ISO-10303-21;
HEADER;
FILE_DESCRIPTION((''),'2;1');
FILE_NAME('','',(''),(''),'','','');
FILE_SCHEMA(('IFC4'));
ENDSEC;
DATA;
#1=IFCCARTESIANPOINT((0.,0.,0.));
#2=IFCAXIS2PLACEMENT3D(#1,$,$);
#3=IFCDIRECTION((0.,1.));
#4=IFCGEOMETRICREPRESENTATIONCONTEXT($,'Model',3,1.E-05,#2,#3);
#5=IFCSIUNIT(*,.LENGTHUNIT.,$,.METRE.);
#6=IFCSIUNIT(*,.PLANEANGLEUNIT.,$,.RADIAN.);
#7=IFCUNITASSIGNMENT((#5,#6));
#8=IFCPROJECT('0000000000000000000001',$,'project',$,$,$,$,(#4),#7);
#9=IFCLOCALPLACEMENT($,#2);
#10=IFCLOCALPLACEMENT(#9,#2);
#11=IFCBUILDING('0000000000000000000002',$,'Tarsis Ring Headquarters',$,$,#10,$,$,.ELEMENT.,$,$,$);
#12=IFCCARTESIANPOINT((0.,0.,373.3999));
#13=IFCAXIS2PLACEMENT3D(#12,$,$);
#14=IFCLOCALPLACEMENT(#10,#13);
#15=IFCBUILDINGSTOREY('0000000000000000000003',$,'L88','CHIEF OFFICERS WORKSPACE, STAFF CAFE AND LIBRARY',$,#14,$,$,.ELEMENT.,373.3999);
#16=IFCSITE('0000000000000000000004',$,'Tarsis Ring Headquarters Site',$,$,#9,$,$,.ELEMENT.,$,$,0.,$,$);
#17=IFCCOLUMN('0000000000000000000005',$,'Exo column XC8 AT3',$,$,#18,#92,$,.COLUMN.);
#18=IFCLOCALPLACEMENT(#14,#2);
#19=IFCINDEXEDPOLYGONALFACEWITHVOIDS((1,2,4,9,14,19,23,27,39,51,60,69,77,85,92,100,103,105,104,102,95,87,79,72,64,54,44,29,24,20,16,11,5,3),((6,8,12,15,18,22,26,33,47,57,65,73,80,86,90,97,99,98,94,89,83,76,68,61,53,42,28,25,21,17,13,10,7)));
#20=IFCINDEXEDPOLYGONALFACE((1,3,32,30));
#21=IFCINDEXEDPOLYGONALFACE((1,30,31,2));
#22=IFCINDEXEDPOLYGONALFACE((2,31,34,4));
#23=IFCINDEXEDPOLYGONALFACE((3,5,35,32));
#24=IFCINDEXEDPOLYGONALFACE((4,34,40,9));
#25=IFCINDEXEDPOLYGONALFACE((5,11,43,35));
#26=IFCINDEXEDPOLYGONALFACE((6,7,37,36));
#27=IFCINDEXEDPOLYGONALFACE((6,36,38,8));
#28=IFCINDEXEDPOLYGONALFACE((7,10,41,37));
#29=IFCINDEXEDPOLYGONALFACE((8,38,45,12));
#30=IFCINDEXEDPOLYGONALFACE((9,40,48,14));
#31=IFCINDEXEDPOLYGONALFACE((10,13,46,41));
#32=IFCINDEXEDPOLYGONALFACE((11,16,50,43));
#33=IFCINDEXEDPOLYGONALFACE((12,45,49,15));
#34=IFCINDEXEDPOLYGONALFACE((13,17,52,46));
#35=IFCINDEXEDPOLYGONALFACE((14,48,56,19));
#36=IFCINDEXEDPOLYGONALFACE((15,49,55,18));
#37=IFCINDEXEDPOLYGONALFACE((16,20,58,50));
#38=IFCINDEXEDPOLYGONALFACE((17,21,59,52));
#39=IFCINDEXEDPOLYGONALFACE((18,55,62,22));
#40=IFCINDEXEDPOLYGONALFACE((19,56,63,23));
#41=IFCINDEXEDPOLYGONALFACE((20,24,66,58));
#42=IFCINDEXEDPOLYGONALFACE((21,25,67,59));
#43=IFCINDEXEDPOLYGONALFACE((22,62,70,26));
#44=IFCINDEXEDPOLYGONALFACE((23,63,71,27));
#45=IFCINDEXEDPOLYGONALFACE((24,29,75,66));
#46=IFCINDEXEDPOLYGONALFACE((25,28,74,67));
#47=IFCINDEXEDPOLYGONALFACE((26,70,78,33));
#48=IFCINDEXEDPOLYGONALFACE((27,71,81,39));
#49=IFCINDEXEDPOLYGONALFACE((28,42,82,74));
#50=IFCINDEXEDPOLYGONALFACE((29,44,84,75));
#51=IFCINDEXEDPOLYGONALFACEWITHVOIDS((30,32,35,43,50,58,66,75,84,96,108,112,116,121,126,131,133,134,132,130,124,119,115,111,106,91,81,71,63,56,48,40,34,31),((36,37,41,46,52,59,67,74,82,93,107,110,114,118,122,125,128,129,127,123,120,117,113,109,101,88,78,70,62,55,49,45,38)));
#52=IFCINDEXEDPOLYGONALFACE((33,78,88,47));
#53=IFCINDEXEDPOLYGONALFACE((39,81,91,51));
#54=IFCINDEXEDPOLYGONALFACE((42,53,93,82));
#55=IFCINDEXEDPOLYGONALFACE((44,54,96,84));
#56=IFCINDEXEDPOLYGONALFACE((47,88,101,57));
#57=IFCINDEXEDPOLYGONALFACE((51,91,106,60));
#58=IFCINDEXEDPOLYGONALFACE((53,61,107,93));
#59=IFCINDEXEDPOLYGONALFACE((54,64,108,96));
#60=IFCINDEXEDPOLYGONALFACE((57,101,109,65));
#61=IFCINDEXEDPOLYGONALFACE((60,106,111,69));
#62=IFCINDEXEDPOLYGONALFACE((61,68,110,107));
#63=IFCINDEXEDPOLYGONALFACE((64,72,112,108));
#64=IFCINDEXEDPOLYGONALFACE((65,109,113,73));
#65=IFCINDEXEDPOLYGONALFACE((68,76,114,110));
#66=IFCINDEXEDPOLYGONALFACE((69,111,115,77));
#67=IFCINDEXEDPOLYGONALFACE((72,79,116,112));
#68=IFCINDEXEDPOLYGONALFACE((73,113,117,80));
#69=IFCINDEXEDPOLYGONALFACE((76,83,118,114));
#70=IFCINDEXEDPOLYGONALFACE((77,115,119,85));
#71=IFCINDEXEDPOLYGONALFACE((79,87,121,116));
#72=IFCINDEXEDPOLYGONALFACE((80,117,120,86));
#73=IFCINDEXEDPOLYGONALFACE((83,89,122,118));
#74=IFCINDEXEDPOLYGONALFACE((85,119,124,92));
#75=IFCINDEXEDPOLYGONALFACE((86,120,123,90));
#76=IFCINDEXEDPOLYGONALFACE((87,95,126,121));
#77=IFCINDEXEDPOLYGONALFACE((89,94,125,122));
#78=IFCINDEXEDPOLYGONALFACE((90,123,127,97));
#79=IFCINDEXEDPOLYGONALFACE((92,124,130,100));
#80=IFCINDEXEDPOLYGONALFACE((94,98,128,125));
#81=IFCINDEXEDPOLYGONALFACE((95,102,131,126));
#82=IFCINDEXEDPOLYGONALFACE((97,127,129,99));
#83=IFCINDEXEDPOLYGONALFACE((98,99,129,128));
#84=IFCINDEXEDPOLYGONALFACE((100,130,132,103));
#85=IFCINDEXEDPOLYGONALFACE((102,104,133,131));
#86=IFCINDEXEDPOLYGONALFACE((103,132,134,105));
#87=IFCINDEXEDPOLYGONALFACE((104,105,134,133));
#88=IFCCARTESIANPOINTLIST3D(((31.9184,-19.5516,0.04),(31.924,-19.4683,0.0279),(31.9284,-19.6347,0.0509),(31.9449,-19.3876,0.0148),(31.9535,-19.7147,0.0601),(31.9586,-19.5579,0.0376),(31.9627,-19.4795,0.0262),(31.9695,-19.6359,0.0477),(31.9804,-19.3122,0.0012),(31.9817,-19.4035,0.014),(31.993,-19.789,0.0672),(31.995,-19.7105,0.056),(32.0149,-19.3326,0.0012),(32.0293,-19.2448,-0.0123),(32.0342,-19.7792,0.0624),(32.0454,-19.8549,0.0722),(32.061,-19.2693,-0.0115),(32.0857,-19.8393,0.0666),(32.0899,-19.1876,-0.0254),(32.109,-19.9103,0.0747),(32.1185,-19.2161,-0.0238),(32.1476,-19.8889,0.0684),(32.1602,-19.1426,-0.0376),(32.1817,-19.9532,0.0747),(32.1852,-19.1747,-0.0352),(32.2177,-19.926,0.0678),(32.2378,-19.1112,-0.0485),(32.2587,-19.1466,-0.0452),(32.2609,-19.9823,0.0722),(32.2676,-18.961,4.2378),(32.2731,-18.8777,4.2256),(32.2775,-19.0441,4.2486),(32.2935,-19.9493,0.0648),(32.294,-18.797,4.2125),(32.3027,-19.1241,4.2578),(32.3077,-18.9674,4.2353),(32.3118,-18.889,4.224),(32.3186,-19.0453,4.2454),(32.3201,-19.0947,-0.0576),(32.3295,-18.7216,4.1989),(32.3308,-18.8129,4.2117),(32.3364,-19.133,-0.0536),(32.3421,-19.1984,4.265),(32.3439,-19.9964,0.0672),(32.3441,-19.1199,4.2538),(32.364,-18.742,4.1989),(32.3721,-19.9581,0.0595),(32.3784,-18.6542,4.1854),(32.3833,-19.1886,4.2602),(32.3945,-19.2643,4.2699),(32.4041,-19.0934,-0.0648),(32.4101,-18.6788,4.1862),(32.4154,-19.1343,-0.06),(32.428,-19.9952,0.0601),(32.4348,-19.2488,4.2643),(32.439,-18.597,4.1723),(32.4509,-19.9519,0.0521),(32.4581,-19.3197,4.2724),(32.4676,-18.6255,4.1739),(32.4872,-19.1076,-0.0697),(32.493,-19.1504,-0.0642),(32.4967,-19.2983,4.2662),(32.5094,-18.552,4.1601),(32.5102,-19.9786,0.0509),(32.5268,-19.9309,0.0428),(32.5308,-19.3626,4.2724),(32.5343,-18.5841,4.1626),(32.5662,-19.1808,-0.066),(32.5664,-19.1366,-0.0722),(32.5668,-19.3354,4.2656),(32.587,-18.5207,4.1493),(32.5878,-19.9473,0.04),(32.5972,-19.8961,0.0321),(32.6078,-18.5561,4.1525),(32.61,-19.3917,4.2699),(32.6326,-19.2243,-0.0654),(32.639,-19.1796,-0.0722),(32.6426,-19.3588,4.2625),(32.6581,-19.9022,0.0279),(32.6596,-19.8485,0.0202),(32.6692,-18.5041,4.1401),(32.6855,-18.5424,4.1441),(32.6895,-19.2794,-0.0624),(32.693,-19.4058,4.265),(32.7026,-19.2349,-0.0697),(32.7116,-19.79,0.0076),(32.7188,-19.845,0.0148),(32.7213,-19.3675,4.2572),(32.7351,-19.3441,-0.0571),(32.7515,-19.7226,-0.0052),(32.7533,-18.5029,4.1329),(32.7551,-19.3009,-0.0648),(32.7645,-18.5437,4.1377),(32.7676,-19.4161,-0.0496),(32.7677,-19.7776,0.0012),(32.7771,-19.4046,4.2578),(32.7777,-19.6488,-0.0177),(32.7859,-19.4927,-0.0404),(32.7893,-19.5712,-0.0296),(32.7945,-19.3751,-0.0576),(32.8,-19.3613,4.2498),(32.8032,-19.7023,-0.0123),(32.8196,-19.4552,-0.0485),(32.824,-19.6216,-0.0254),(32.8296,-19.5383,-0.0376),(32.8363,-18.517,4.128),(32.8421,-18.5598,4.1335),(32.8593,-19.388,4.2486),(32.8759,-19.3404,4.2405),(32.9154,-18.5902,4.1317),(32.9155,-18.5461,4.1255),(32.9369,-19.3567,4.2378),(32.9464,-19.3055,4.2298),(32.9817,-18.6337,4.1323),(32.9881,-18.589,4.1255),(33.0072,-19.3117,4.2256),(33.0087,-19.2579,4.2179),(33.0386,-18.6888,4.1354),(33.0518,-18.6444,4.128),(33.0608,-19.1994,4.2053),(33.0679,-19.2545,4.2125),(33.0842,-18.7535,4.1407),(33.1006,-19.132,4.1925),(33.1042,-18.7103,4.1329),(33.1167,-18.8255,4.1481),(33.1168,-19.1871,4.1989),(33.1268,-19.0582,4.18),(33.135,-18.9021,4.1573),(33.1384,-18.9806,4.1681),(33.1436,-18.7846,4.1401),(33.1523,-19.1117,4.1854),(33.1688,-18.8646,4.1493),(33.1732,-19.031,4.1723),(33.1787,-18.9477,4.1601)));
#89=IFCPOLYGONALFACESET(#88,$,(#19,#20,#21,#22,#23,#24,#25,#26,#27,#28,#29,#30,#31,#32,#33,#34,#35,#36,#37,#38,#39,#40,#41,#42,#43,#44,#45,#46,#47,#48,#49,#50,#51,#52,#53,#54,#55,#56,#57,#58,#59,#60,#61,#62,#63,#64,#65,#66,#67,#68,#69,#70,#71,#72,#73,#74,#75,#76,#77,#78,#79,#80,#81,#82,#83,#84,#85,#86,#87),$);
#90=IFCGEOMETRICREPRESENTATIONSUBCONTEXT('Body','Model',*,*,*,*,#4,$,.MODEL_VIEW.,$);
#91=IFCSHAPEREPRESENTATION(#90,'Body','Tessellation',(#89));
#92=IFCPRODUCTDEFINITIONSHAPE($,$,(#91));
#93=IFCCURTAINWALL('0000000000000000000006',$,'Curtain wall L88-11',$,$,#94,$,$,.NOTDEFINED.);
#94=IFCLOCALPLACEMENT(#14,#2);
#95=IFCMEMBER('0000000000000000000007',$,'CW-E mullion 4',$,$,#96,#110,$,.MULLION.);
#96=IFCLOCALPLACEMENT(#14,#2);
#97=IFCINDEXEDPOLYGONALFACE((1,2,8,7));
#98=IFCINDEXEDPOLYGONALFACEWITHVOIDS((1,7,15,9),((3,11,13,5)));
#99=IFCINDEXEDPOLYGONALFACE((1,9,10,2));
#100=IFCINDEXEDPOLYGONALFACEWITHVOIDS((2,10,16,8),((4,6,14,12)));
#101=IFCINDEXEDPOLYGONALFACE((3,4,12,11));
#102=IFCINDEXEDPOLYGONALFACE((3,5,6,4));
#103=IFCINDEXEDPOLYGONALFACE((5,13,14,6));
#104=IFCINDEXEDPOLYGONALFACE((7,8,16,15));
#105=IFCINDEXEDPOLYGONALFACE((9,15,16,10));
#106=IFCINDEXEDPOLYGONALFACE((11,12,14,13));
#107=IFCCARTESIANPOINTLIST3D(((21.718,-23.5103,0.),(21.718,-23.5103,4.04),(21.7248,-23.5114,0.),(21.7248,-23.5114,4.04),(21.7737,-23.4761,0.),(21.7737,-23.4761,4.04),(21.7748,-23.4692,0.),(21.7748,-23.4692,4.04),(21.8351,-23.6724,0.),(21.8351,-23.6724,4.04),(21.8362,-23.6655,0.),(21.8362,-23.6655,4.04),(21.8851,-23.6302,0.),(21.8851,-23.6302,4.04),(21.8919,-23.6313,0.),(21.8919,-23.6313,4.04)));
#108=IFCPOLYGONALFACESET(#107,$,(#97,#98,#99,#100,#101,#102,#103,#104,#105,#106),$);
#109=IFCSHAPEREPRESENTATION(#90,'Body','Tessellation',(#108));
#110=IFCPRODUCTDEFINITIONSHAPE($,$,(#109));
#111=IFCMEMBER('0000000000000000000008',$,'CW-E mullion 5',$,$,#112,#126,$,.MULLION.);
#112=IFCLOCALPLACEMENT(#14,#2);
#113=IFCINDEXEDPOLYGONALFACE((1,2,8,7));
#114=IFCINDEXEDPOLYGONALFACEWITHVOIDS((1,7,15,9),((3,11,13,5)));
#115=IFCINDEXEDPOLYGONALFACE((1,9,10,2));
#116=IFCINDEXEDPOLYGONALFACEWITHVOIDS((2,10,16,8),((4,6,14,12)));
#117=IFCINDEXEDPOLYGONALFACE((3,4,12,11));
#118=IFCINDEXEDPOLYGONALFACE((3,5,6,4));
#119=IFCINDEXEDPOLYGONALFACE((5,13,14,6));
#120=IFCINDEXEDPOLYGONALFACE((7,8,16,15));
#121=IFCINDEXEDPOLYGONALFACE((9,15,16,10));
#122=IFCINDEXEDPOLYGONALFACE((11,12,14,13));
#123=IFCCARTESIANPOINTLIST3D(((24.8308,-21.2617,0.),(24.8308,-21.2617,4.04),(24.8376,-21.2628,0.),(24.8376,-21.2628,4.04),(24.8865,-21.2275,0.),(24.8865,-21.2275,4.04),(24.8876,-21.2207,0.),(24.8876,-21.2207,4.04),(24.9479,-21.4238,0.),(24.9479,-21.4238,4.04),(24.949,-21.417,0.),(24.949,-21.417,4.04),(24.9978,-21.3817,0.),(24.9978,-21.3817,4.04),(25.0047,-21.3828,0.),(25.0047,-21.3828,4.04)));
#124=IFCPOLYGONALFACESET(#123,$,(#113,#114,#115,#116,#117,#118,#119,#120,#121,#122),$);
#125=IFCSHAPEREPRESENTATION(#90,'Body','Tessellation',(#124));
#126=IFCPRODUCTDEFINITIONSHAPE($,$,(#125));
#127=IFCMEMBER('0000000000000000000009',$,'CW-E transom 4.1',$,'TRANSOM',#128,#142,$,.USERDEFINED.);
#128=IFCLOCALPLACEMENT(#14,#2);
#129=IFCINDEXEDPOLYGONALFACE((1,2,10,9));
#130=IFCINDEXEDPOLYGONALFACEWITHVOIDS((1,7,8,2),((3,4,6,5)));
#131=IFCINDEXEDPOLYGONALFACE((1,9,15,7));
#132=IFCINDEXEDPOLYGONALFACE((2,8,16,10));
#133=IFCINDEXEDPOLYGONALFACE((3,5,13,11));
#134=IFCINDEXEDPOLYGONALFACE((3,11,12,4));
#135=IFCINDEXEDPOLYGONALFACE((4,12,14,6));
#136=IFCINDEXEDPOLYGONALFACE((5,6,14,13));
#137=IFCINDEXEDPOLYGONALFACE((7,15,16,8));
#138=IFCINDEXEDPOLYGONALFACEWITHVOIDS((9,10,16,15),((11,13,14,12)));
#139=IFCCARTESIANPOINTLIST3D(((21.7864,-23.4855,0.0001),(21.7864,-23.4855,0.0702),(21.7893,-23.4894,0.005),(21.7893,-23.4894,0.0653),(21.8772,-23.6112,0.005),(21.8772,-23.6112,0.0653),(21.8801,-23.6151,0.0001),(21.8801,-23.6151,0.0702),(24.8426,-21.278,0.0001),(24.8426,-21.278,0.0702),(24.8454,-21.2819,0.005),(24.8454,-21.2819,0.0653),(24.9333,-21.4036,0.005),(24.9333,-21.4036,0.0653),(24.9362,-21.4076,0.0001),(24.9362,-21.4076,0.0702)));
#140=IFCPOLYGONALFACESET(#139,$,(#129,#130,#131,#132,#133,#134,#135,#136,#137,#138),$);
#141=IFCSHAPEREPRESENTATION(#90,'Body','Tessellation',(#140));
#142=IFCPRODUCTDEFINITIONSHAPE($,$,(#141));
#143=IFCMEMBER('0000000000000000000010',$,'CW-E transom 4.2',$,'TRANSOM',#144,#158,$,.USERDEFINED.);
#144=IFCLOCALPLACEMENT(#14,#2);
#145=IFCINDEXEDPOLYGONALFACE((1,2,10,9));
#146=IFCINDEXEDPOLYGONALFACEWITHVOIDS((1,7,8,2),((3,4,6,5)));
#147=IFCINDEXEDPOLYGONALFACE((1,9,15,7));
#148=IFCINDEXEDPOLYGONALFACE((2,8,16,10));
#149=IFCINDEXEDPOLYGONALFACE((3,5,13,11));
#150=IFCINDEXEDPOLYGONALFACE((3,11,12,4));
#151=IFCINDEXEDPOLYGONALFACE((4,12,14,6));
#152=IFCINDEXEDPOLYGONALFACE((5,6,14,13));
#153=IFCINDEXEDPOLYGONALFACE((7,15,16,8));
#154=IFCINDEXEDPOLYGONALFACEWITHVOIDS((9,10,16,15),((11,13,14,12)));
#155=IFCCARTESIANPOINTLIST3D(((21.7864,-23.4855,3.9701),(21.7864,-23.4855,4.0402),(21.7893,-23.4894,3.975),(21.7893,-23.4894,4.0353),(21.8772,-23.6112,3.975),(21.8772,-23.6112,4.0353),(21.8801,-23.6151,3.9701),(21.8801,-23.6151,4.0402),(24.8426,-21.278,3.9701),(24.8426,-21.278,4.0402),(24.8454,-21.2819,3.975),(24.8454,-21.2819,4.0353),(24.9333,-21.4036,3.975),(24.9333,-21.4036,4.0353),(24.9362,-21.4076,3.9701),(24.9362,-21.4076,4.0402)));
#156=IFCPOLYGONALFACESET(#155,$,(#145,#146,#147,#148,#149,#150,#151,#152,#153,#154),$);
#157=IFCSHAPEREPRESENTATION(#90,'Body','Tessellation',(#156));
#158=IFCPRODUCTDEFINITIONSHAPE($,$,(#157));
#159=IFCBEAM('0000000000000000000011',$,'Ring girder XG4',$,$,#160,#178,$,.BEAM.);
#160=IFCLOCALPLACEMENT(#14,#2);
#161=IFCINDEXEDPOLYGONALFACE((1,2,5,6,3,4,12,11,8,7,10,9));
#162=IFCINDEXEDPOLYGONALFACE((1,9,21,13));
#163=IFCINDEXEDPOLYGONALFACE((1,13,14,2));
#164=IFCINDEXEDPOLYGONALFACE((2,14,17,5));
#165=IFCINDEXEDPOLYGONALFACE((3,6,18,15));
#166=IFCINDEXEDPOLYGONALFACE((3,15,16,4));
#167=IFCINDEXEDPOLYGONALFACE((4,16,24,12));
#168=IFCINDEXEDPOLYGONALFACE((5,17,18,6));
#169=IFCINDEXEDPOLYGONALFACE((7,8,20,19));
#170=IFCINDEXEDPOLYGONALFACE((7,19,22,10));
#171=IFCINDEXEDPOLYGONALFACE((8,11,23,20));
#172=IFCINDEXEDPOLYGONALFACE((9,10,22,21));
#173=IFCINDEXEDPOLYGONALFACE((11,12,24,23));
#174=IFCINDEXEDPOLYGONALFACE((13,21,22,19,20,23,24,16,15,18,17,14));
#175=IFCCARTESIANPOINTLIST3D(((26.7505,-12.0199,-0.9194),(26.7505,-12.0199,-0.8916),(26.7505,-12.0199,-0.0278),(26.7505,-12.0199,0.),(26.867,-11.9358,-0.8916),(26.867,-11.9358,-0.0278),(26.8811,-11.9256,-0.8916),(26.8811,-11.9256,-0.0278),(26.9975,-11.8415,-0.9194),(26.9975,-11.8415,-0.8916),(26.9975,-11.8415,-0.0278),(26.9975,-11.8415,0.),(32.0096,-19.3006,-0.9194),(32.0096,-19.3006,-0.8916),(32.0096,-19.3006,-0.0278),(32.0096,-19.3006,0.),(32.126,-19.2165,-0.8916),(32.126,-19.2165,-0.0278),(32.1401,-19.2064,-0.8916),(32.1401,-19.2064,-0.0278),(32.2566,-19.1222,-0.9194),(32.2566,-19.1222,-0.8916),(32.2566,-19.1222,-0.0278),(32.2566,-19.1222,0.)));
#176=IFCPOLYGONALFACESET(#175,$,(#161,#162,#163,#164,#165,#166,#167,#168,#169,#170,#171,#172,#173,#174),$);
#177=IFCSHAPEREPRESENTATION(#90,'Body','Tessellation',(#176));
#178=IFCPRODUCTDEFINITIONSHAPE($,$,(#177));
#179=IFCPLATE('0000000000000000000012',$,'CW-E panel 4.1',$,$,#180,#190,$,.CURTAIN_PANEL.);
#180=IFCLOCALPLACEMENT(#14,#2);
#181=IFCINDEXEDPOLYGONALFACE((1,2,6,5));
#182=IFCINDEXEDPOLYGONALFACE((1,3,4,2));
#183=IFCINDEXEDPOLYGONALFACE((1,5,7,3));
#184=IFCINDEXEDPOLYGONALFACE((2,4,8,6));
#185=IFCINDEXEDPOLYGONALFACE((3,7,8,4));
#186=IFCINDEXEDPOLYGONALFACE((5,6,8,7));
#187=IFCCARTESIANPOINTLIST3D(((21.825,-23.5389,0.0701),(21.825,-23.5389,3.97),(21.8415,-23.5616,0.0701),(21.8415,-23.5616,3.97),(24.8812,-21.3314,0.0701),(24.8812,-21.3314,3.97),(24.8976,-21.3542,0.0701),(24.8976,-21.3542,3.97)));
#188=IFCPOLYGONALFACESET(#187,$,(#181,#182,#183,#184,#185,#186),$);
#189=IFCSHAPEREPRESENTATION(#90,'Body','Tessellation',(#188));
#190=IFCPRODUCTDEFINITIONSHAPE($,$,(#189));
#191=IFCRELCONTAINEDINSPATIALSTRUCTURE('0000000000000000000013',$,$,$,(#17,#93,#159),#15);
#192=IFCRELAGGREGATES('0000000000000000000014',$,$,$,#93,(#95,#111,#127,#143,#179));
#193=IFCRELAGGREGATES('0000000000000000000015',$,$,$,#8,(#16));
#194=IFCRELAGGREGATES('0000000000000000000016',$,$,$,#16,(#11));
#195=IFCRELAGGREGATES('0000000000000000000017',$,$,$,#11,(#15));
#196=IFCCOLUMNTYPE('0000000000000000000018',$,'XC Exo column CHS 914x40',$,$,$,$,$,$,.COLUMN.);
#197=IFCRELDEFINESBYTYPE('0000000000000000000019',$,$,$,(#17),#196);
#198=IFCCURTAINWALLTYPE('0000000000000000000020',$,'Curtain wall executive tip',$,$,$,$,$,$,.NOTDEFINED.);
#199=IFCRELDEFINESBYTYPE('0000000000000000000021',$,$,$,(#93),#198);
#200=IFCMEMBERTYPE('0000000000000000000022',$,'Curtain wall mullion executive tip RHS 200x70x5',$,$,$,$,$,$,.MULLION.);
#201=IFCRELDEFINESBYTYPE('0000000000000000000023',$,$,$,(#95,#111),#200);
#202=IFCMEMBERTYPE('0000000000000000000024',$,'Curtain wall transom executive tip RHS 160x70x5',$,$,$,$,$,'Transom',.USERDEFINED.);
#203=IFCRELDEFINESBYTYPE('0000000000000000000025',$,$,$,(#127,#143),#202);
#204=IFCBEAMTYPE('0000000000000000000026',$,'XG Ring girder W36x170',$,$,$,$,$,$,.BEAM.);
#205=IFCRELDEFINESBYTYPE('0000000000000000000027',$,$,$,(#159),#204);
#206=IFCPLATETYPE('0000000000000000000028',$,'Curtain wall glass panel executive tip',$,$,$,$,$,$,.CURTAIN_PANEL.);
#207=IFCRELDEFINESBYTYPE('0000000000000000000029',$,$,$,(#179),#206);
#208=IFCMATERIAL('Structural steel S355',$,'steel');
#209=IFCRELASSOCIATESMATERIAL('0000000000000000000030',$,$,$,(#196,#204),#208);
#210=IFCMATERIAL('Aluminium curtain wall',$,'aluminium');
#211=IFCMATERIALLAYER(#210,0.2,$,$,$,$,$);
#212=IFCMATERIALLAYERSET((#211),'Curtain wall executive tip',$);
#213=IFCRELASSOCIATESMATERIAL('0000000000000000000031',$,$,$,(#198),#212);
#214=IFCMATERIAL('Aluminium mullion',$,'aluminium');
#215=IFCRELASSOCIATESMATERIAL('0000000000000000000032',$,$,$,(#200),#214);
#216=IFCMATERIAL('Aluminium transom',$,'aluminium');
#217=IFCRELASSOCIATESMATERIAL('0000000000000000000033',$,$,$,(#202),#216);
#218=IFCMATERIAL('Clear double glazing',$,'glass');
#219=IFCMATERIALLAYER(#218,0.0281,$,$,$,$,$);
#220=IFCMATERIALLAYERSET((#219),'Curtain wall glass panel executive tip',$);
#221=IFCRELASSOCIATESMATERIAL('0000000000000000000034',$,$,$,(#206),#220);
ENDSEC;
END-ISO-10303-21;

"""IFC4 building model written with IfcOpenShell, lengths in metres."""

from ifc_helpers import new_model, si_unit, direction, frame, origin, origin_2d, place, context, subcontext, project, spatial, rectangle, hollow_rectangle, hollow_circle, i_section, extrude, material, layer, layer_set, material_profile, profile_set, type_object, element, aggregate, save


model = new_model("IFC4")

# Units and contexts
model_context = context("Model", 3, precision=1e-05, world=origin(), true_north=direction((0.0, 1.0)))
body_context = subcontext(model_context, "Body", "Model", "MODEL_VIEW")
ifc_project = project(units=[si_unit("LENGTHUNIT", "METRE"), si_unit("PLANEANGLEUNIT", "RADIAN")], contexts=[model_context])

# Site, building, storey
site_placement = place(None, origin())
site = spatial("IfcSite", under=ifc_project, at=site_placement, Name="Tarsis Ring Headquarters Site", CompositionType="ELEMENT", RefElevation=0.0)
building_placement = place(site_placement, origin())
building = spatial("IfcBuilding", under=site, at=building_placement, Name="Tarsis Ring Headquarters", CompositionType="ELEMENT")
storey_placement = place(building_placement, frame((0.0, 0.0, 373.3999)))
storey = spatial("IfcBuildingStorey", under=building, at=storey_placement, Name="L88", Description="CHIEF OFFICERS WORKSPACE, STAFF CAFE AND LIBRARY", CompositionType="ELEMENT", Elevation=373.3999)

# Column
ifc_material_1 = material(Name="Structural steel S355", Category="steel")
ifc_material_profile_1 = material_profile(ifc_material_1, hollow_circle(Radius=0.457, WallThickness=0.04, at=origin_2d()), Name="CHS 914x40")
ifc_profile_set_1 = profile_set([ifc_material_profile_1], Name="Structural steel S355")
column_type = type_object("IfcColumnType", Name="XC Exo column CHS 914x40", PredefinedType="COLUMN", material=ifc_profile_set_1)
column_placement = place(storey_placement, frame((32.374, -19.5449, 0.0012), z_axis=(0.08208, 0.138847, 0.986907), x_axis=(-0.860834, 0.508885, 0.0)))
element("IfcColumn", 1, at=column_placement, inside=storey, type_object=column_type, Name="Exo column XC8 AT3", PredefinedType="COLUMN", context=body_context, shape_type="SweptSolid", body=[
    extrude(hollow_circle(Radius=0.4573, WallThickness=0.04, at=origin_2d()), origin(), (0.0, 0.0, 1.0), 4.2534),
])

# Curtain wall, members
ifc_material_2 = material(Name="Aluminium curtain wall", Category="aluminium")
ifc_layer_1 = layer(ifc_material_2, 0.2)
ifc_layer_set_1 = layer_set([ifc_layer_1], Name="Curtain wall executive tip")
curtain_wall_type = type_object("IfcCurtainWallType", Name="Curtain wall executive tip", PredefinedType="NOTDEFINED", material=ifc_layer_set_1)
curtain_wall_placement = place(storey_placement, origin())
curtain_wall = element("IfcCurtainWall", 2, at=curtain_wall_placement, inside=storey, type_object=curtain_wall_type, Name="Curtain wall L88-11", PredefinedType="NOTDEFINED")
ifc_material_3 = material(Name="Aluminium mullion", Category="aluminium")
ifc_material_profile_2 = material_profile(ifc_material_3, hollow_rectangle(XDim=0.2, YDim=0.0701, WallThickness=0.0049, at=origin_2d()), Name="RHS 200x70x5")
ifc_profile_set_2 = profile_set([ifc_material_profile_2], Name="Aluminium mullion")
member_type_1 = type_object("IfcMemberType", Name="Curtain wall mullion executive tip RHS 200x70x5", PredefinedType="MULLION", material=ifc_profile_set_2)
member_1_placement = place(storey_placement, frame((21.8049, -23.5708, 0.0), z_axis=(0.0, 0.0, 1.0), x_axis=(-0.585524, 0.810655, 0.0)))
member_1 = element("IfcMember", 3, at=member_1_placement, type_object=member_type_1, Name="CW-E mullion 4", PredefinedType="MULLION", context=body_context, shape_type="SweptSolid", body=[
    extrude(hollow_rectangle(XDim=0.2, YDim=0.0701, WallThickness=0.0049, at=origin_2d()), origin(), (0.0, 0.0, 1.0), 4.04),
])
member_2_placement = place(storey_placement, frame((24.9177, -21.3223, 0.0), z_axis=(0.0, 0.0, 1.0), x_axis=(-0.585524, 0.810655, 0.0)))
member_2 = element("IfcMember", 4, at=member_2_placement, type_object=member_type_1, Name="CW-E mullion 5", PredefinedType="MULLION", context=body_context, shape_type="SweptSolid", body=[
    extrude(hollow_rectangle(XDim=0.2, YDim=0.0701, WallThickness=0.0049, at=origin_2d()), origin(), (0.0, 0.0, 1.0), 4.04),
])
ifc_material_4 = material(Name="Aluminium transom", Category="aluminium")
ifc_material_profile_3 = material_profile(ifc_material_4, hollow_rectangle(XDim=0.1599, YDim=0.0701, WallThickness=0.0049, at=origin_2d()), Name="RHS 160x70x5")
ifc_profile_set_3 = profile_set([ifc_material_profile_3], Name="Aluminium transom")
member_type_2 = type_object("IfcMemberType", Name="Curtain wall transom executive tip RHS 160x70x5", ElementType="Transom", PredefinedType="USERDEFINED", material=ifc_profile_set_3)
member_3_placement = place(storey_placement, frame((21.8333, -23.5503, 0.0352), z_axis=(0.810642, 0.585543, 0.0), x_axis=(-0.585543, 0.810642, 0.0)))
member_3 = element("IfcMember", 5, at=member_3_placement, type_object=member_type_2, Name="CW-E transom 4.1", ObjectType="TRANSOM", PredefinedType="USERDEFINED", context=body_context, shape_type="SweptSolid", body=[
    extrude(hollow_rectangle(XDim=0.1599, YDim=0.0701, WallThickness=0.0049, at=origin_2d()), origin(), (0.0, 0.0, 1.0), 3.77),
])
member_4_placement = place(storey_placement, frame((21.8333, -23.5503, 4.0051), z_axis=(0.810642, 0.585543, 0.0), x_axis=(-0.585543, 0.810642, 0.0)))
member_4 = element("IfcMember", 6, at=member_4_placement, type_object=member_type_2, Name="CW-E transom 4.2", ObjectType="TRANSOM", PredefinedType="USERDEFINED", context=body_context, shape_type="SweptSolid", body=[
    extrude(hollow_rectangle(XDim=0.1599, YDim=0.0701, WallThickness=0.0049, at=origin_2d()), origin(), (0.0, 0.0, 1.0), 3.77),
])

# Beam
ifc_material_profile_4 = material_profile(ifc_material_1, i_section(OverallWidth=0.3047, OverallDepth=0.9194, WebThickness=0.0173, FlangeThickness=0.0278, at=origin_2d()), Name="W36x170")
ifc_profile_set_4 = profile_set([ifc_material_profile_4], Name="Structural steel S355")
beam_type = type_object("IfcBeamType", Name="XG Ring girder W36x170", PredefinedType="BEAM", material=ifc_profile_set_4)
beam_placement = place(storey_placement, frame((32.1331, -19.2114, -0.4597), z_axis=(-0.585542, 0.810642, 0.0), x_axis=(-0.810642, -0.585542, 0.0)))
element("IfcBeam", 7, at=beam_placement, inside=storey, type_object=beam_type, Name="Ring girder XG4", PredefinedType="BEAM", context=body_context, shape_type="SweptSolid", body=[
    extrude(i_section(OverallWidth=0.3047, OverallDepth=0.9194, WebThickness=0.0173, FlangeThickness=0.0278, at=origin_2d()), origin(), (0.0, 0.0, 1.0), 8.9814),
])

# Plate
ifc_material_5 = material(Name="Clear double glazing", Category="glass")
ifc_layer_2 = layer(ifc_material_5, 0.0281)
ifc_layer_set_2 = layer_set([ifc_layer_2], Name="Curtain wall glass panel executive tip")
plate_type = type_object("IfcPlateType", Name="Curtain wall glass panel executive tip", PredefinedType="CURTAIN_PANEL", material=ifc_layer_set_2)
plate_placement = place(storey_placement, frame((23.3613, -22.4465, 0.0701), z_axis=(0.0, 0.0, 1.0), x_axis=(0.810655, 0.585524, 0.0)))
plate = element("IfcPlate", 8, at=plate_placement, type_object=plate_type, Name="CW-E panel 4.1", PredefinedType="CURTAIN_PANEL", context=body_context, shape_type="SweptSolid", body=[
    extrude(rectangle(XDim=3.77, YDim=0.0281, at=origin_2d()), origin(), (0.0, 0.0, 1.0), 3.8999),
])
aggregate(curtain_wall, [member_1, member_2, member_3, member_4, plate])

save(model, "model.ifc")
